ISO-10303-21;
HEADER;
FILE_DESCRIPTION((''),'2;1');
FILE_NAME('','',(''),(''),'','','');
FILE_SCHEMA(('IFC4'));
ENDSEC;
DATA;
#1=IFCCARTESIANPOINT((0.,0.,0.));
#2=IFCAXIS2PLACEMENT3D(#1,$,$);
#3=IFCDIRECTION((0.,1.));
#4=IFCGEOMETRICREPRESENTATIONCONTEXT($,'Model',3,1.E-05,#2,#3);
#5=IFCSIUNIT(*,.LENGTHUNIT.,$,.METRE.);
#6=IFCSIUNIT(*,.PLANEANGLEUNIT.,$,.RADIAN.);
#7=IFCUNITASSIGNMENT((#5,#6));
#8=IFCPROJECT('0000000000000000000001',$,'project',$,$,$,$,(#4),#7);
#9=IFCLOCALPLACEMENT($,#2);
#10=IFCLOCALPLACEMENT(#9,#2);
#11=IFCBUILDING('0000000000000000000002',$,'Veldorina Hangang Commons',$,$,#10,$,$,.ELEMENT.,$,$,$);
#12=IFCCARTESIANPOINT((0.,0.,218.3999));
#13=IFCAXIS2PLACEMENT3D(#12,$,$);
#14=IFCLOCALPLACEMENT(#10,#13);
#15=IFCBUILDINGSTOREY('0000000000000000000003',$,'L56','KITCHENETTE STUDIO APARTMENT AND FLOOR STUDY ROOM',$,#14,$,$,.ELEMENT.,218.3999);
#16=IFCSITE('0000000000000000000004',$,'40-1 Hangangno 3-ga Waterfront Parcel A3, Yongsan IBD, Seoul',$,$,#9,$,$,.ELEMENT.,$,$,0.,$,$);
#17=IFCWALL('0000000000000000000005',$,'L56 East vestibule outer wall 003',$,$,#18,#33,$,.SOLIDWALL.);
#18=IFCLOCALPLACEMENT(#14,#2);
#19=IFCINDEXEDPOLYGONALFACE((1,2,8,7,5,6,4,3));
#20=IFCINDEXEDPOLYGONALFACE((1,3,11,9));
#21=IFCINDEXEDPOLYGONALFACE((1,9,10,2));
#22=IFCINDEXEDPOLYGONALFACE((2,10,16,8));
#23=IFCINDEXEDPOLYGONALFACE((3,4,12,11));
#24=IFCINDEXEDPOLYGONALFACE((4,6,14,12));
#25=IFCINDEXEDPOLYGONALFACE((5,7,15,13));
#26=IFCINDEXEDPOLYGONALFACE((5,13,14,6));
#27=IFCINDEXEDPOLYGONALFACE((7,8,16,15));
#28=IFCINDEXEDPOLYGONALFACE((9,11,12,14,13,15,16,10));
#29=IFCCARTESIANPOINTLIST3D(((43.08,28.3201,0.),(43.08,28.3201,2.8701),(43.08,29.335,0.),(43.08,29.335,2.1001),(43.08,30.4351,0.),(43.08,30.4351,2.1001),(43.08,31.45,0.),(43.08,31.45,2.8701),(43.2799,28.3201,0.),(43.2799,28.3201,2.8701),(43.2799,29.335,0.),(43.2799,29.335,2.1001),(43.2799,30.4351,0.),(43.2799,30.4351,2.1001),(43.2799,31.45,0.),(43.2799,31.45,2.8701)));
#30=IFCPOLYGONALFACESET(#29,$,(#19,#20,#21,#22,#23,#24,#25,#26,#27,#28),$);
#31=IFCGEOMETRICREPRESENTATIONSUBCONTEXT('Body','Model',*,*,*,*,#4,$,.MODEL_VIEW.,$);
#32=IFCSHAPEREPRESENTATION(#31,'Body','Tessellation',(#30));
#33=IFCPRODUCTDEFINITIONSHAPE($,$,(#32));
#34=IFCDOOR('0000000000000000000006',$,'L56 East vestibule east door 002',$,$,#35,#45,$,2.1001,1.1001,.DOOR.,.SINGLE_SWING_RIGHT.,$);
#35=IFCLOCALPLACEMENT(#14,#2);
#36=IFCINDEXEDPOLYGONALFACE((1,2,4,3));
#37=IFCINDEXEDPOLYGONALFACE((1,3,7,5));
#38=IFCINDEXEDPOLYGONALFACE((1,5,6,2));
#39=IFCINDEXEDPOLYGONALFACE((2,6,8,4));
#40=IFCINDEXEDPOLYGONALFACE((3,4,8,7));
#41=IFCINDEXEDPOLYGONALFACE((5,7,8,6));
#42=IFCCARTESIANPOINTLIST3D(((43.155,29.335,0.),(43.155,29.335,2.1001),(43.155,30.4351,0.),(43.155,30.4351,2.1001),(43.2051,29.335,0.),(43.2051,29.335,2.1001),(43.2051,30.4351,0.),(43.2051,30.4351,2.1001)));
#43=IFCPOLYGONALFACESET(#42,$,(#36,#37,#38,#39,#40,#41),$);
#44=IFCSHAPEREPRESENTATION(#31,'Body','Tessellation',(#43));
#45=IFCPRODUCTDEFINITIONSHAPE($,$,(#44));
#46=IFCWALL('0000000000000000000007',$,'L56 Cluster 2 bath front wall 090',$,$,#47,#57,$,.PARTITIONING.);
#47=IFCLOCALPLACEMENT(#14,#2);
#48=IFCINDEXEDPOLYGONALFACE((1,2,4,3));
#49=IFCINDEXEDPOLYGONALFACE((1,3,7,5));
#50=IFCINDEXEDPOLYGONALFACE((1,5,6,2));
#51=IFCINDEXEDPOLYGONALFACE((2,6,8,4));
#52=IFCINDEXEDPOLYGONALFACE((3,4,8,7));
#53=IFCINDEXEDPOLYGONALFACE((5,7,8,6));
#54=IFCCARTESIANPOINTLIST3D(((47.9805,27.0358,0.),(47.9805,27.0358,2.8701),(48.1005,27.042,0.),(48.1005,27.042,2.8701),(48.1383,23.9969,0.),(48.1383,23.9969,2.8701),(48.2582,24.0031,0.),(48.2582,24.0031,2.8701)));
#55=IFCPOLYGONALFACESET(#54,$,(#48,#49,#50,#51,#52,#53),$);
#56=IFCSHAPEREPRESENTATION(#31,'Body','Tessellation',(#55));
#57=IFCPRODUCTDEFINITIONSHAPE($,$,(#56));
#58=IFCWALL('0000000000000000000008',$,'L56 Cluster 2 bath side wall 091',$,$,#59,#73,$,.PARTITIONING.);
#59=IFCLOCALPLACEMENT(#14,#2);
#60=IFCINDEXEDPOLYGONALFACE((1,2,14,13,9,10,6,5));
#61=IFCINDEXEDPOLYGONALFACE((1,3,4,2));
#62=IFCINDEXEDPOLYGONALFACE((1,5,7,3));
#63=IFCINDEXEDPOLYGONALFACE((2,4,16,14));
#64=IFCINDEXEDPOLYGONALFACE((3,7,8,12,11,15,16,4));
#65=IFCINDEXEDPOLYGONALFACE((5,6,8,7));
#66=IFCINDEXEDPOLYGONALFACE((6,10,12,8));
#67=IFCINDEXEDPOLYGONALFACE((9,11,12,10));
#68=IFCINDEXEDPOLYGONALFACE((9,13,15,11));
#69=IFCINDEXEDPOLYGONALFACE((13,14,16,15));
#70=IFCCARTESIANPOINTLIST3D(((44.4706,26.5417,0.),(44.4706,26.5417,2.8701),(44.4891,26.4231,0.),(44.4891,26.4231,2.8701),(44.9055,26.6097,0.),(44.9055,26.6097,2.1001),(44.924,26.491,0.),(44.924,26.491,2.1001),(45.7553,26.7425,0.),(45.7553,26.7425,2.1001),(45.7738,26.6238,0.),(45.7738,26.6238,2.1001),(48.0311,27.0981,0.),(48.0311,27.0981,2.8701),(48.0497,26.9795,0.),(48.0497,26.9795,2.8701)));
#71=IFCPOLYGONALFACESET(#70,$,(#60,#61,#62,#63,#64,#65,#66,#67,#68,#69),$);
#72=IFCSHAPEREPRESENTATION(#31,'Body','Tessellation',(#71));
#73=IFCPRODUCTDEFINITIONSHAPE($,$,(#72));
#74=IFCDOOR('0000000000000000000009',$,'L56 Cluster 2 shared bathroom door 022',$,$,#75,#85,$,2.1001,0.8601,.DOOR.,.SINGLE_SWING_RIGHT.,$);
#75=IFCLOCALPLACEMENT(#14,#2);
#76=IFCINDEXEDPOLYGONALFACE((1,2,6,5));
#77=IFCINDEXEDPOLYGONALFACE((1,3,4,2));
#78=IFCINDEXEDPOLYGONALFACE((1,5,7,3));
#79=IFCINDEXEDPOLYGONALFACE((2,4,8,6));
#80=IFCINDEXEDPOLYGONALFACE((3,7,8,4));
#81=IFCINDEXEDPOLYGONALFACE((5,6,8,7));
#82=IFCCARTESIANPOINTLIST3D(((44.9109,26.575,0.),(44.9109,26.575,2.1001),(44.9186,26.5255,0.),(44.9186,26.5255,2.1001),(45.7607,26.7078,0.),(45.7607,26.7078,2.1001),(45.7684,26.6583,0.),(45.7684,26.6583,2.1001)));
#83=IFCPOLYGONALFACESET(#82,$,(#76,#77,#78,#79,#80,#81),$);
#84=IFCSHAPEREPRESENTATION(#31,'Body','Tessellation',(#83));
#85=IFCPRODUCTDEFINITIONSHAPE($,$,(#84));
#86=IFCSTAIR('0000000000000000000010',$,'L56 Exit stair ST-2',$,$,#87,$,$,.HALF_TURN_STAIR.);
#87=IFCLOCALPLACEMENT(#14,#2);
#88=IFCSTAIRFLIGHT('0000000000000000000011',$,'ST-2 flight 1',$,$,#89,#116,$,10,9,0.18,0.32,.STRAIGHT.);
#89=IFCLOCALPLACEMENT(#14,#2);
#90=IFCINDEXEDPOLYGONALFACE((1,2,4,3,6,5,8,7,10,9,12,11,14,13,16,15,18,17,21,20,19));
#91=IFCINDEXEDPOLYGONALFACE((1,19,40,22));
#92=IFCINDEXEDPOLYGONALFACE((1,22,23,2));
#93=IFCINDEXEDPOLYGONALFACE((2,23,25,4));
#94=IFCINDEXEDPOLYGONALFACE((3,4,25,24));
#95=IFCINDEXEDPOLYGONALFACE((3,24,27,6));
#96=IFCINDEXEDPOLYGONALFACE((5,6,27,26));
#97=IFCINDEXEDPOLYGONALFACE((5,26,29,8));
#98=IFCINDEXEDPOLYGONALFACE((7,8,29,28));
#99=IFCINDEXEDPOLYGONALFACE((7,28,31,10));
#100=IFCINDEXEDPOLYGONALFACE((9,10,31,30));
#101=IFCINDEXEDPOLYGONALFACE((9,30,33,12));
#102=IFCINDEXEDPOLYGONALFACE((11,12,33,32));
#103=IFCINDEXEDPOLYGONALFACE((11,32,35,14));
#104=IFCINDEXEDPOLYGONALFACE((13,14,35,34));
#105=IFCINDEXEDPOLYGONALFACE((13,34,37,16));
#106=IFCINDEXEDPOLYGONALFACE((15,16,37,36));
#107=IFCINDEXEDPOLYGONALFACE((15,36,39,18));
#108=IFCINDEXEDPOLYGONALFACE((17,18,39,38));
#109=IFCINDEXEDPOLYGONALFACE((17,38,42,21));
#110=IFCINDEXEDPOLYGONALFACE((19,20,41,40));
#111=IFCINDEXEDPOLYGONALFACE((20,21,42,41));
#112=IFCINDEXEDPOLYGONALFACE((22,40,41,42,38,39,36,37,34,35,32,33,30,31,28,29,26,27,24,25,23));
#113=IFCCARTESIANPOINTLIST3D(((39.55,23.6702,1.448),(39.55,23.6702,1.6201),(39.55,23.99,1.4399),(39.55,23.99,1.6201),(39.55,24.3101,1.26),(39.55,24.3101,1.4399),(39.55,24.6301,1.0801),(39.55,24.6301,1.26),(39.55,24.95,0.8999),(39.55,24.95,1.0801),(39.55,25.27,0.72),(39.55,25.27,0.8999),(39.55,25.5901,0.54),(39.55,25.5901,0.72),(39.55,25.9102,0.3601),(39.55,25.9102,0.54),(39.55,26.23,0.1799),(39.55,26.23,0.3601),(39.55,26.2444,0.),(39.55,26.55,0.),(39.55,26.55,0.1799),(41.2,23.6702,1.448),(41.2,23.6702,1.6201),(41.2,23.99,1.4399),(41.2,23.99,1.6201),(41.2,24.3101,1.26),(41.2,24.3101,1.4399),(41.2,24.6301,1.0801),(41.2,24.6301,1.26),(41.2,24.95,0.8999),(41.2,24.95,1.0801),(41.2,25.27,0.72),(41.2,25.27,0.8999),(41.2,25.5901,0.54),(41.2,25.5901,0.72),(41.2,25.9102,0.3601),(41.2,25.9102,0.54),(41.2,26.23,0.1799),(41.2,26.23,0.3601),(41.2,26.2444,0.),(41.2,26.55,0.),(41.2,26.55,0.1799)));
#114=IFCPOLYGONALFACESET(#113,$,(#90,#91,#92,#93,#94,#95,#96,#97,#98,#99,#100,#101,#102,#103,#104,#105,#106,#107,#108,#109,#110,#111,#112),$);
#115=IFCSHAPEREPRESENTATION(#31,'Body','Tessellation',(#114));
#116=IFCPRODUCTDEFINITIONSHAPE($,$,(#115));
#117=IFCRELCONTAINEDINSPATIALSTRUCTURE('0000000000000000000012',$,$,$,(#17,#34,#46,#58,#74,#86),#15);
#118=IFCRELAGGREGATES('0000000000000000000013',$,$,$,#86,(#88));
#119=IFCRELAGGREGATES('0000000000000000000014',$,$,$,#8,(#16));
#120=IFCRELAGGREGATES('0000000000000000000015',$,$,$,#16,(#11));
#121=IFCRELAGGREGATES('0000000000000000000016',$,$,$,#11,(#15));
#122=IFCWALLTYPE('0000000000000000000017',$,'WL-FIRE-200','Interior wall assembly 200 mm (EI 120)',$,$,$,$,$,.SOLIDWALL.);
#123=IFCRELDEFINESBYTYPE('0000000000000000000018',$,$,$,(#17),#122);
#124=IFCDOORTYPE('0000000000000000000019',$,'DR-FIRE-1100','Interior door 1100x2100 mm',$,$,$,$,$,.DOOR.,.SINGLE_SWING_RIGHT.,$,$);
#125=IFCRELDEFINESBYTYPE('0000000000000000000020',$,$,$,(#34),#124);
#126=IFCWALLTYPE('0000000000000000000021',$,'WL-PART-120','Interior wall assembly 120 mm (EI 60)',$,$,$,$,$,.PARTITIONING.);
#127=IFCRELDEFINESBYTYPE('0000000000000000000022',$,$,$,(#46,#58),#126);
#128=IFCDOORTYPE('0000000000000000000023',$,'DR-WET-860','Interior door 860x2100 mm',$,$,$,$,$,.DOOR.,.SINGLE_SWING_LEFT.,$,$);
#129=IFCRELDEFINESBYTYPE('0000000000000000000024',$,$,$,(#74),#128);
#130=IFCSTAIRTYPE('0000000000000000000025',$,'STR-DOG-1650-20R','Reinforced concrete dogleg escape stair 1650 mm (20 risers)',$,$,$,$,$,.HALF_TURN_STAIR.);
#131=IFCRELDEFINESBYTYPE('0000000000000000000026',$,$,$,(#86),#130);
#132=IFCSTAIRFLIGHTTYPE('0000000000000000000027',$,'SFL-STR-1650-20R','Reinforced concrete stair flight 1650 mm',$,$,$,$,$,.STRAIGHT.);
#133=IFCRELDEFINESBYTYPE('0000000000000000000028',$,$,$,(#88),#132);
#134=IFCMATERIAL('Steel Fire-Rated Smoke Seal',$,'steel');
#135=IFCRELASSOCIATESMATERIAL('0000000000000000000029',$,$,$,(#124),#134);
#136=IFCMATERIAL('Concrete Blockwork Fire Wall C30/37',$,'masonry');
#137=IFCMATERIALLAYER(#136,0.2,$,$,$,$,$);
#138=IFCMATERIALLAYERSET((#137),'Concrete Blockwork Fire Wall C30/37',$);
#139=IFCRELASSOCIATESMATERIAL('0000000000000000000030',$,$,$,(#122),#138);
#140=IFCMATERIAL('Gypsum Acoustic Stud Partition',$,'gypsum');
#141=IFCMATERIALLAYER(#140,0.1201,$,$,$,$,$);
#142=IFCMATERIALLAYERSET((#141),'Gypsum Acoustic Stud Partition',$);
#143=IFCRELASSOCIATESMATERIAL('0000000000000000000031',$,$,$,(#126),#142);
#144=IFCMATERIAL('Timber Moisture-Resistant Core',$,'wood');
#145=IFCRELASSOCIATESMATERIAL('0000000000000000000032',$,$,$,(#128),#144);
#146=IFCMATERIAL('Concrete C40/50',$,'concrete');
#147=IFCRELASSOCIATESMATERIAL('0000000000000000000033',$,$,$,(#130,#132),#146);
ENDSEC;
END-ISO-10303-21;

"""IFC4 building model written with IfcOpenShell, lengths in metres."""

from ifc_helpers import new_model, si_unit, direction, frame, frame_2d, origin, place, context, subcontext, project, spatial, polyline, rectangle, outline, extrude, material, layer, layer_set, type_object, element, fill, aggregate, save


model = new_model("IFC4")

# Units and contexts
model_context = context("Model", 3, precision=1e-05, world=origin(), true_north=direction((0.0, 1.0)))
body_context = subcontext(model_context, "Body", "Model", "MODEL_VIEW")
ifc_project = project(units=[si_unit("LENGTHUNIT", "METRE"), si_unit("PLANEANGLEUNIT", "RADIAN")], contexts=[model_context])

# Site, building, storey
site_placement = place(None, origin())
site = spatial("IfcSite", under=ifc_project, at=site_placement, Name="40-1 Hangangno 3-ga Waterfront Parcel A3, Yongsan IBD, Seoul", CompositionType="ELEMENT", RefElevation=0.0)
building_placement = place(site_placement, origin())
building = spatial("IfcBuilding", under=site, at=building_placement, Name="Veldorina Hangang Commons", CompositionType="ELEMENT")
storey_placement = place(building_placement, frame((0.0, 0.0, 218.3999)))
storey = spatial("IfcBuildingStorey", under=building, at=storey_placement, Name="L56", Description="KITCHENETTE STUDIO APARTMENT AND FLOOR STUDY ROOM", CompositionType="ELEMENT", Elevation=218.3999)

# Shared definitions
ifc_material_1 = material(Name="Steel Fire-Rated Smoke Seal", Category="steel")
door_type_1 = type_object("IfcDoorType", Name="DR-FIRE-1100", Description="Interior door 1100x2100 mm", OperationType="SINGLE_SWING_RIGHT", PredefinedType="DOOR", material=ifc_material_1)

# Wall, opening, door
ifc_material_2 = material(Name="Concrete Blockwork Fire Wall C30/37", Category="masonry")
ifc_layer_1 = layer(ifc_material_2, 0.2)
ifc_layer_set_1 = layer_set([ifc_layer_1], Name="Concrete Blockwork Fire Wall C30/37")
wall_type_1 = type_object("IfcWallType", Name="WL-FIRE-200", Description="Interior wall assembly 200 mm (EI 120)", PredefinedType="SOLIDWALL", material=ifc_layer_set_1)
wall_1_placement = place(storey_placement, frame((43.1799, 28.3201, 0.0), z_axis=(0.0, 0.0, 1.0), x_axis=(0.0, 1.0, 0.0)))
wall_1 = element("IfcWall", 1, at=wall_1_placement, inside=storey, type_object=wall_type_1, Name="L56 East vestibule outer wall 003", PredefinedType="SOLIDWALL", context=body_context, shape_type="SweptSolid", body=[
    extrude(rectangle(XDim=3.1299, YDim=0.2, at=frame_2d((1.5649, 0.0))), origin(), (0.0, 0.0, 1.0), 2.8701),
])
opening_1_placement = place(wall_1_placement, frame((1.0149, 0.0, 0.0)))
opening_1 = element("IfcOpeningElement", 2, at=opening_1_placement, cuts=wall_1, PredefinedType="OPENING", context=body_context, shape_type="SweptSolid", body=[
    extrude(rectangle(XDim=1.1001, YDim=2.1001, at=frame_2d((0.55, 1.05))), frame((0.0, 0.1099, 0.0), z_axis=(0.0, -1.0, 0.0), x_axis=(1.0, 0.0, 0.0)), (0.0, 0.0, 1.0), 0.22),
])
door_1_placement = place(opening_1_placement, origin())
door_1 = element("IfcDoor", 3, at=door_1_placement, inside=storey, type_object=door_type_1, Name="L56 East vestibule east door 002", OperationType="SINGLE_SWING_RIGHT", OverallHeight=2.1001, OverallWidth=1.1001, PredefinedType="DOOR", context=body_context, shape_type="SweptSolid", body=[
    extrude(rectangle(XDim=1.1001, YDim=2.1001, at=frame_2d((0.55, 1.05))), frame((0.0, 0.0249, 0.0), z_axis=(0.0, -1.0, 0.0), x_axis=(1.0, 0.0, 0.0)), (0.0, 0.0, 1.0), 0.05),
])
fill(opening_1, door_1)

# Wall
ifc_material_3 = material(Name="Gypsum Acoustic Stud Partition", Category="gypsum")
ifc_layer_2 = layer(ifc_material_3, 0.1201)
ifc_layer_set_2 = layer_set([ifc_layer_2], Name="Gypsum Acoustic Stud Partition")
wall_type_2 = type_object("IfcWallType", Name="WL-PART-120", Description="Interior wall assembly 120 mm (EI 60)", PredefinedType="PARTITIONING", material=ifc_layer_set_2)
wall_2_placement = place(storey_placement, frame((48.1982, 24.0, 0.0), z_axis=(0.0, 0.0, 1.0), x_axis=(-0.05183, 0.998656, 0.0)))
element("IfcWall", 4, at=wall_2_placement, inside=storey, type_object=wall_type_2, Name="L56 Cluster 2 bath front wall 090", PredefinedType="PARTITIONING", context=body_context, shape_type="SweptSolid", body=[
    extrude(rectangle(XDim=3.043, YDim=0.1201, at=frame_2d((1.5215, 0.0))), origin(), (0.0, 0.0, 1.0), 2.8701),
])

# Wall, opening, door
wall_3_placement = place(storey_placement, frame((44.48, 26.4824, 0.0), z_axis=(0.0, 0.0, 1.0), x_axis=(0.988009, 0.154393, 0.0)))
wall_3 = element("IfcWall", 5, at=wall_3_placement, inside=storey, type_object=wall_type_2, Name="L56 Cluster 2 bath side wall 091", PredefinedType="PARTITIONING", context=body_context, shape_type="SweptSolid", body=[
    extrude(rectangle(XDim=3.6038, YDim=0.1201, at=frame_2d((1.8018, 0.0))), origin(), (0.0, 0.0, 1.0), 2.8701),
])
opening_2_placement = place(wall_3_placement, frame((0.4399, 0.0, 0.0)))
opening_2 = element("IfcOpeningElement", 6, at=opening_2_placement, cuts=wall_3, PredefinedType="OPENING", context=body_context, shape_type="SweptSolid", body=[
    extrude(rectangle(XDim=0.8601, YDim=2.1001, at=frame_2d((0.4302, 1.05))), frame((0.0, 0.0701, 0.0), z_axis=(0.0, -1.0, 0.0), x_axis=(1.0, 0.0, 0.0)), (0.0, 0.0, 1.0), 0.1401),
])
ifc_material_4 = material(Name="Timber Moisture-Resistant Core", Category="wood")
door_type_2 = type_object("IfcDoorType", Name="DR-WET-860", Description="Interior door 860x2100 mm", OperationType="SINGLE_SWING_LEFT", PredefinedType="DOOR", material=ifc_material_4)
door_2_placement = place(opening_2_placement, origin())
door_2 = element("IfcDoor", 7, at=door_2_placement, inside=storey, type_object=door_type_2, Name="L56 Cluster 2 shared bathroom door 022", OperationType="SINGLE_SWING_RIGHT", OverallHeight=2.1001, OverallWidth=0.8601, PredefinedType="DOOR", context=body_context, shape_type="SweptSolid", body=[
    extrude(rectangle(XDim=0.8601, YDim=2.1001, at=frame_2d((0.4302, 1.05))), frame((0.0, 0.0249, 0.0), z_axis=(0.0, -1.0, 0.0), x_axis=(1.0, 0.0, 0.0)), (0.0, 0.0, 1.0), 0.05),
])
fill(opening_2, door_2)

# Stair, stair flight
ifc_material_5 = material(Name="Concrete C40/50", Category="concrete")
stair_type = type_object("IfcStairType", Name="STR-DOG-1650-20R", Description="Reinforced concrete dogleg escape stair 1650 mm (20 risers)", PredefinedType="HALF_TURN_STAIR", material=ifc_material_5)
stair_placement = place(storey_placement, origin())
stair = element("IfcStair", 8, at=stair_placement, inside=storey, type_object=stair_type, Name="L56 Exit stair ST-2", PredefinedType="HALF_TURN_STAIR")
stair_flight_type = type_object("IfcStairFlightType", Name="SFL-STR-1650-20R", Description="Reinforced concrete stair flight 1650 mm", PredefinedType="STRAIGHT", material=ifc_material_5)
stair_flight_placement = place(storey_placement, frame((40.375, 26.55, 0.0), z_axis=(0.0, 0.0, 1.0), x_axis=(0.0, -1.0, 0.0)))
stair_flight = element("IfcStairFlight", 9, at=stair_flight_placement, type_object=stair_flight_type, Name="ST-2 flight 1", NumberOfRisers=10, NumberOfTreads=9, PredefinedType="STRAIGHT", RiserHeight=0.18, TreadLength=0.32, context=body_context, shape_type="SweptSolid", body=[
    extrude(outline(polyline([(0.0, 0.0), (0.0, 0.1799), (0.3201, 0.1799), (0.3201, 0.3601), (0.6399, 0.3601), (0.6399, 0.54), (0.96, 0.54), (0.96, 0.72), (1.28, 0.72), (1.28, 0.8999), (1.6001, 0.8999), (1.6001, 1.0801), (1.9199, 1.0801), (1.9199, 1.26), (2.24, 1.26), (2.24, 1.4399), (2.5601, 1.4399), (2.5601, 1.6201), (2.8799, 1.6201), (2.8799, 1.8), (2.8799, 1.448), (0.3057, 0.0), (0.0, 0.0)])), frame((0.0, 0.825, 0.0), z_axis=(0.0, -1.0, 0.0), x_axis=(1.0, 0.0, 0.0)), (0.0, 0.0, 1.0), 1.6499),
])
aggregate(stair, [stair_flight])

save(model, "model.ifc")
